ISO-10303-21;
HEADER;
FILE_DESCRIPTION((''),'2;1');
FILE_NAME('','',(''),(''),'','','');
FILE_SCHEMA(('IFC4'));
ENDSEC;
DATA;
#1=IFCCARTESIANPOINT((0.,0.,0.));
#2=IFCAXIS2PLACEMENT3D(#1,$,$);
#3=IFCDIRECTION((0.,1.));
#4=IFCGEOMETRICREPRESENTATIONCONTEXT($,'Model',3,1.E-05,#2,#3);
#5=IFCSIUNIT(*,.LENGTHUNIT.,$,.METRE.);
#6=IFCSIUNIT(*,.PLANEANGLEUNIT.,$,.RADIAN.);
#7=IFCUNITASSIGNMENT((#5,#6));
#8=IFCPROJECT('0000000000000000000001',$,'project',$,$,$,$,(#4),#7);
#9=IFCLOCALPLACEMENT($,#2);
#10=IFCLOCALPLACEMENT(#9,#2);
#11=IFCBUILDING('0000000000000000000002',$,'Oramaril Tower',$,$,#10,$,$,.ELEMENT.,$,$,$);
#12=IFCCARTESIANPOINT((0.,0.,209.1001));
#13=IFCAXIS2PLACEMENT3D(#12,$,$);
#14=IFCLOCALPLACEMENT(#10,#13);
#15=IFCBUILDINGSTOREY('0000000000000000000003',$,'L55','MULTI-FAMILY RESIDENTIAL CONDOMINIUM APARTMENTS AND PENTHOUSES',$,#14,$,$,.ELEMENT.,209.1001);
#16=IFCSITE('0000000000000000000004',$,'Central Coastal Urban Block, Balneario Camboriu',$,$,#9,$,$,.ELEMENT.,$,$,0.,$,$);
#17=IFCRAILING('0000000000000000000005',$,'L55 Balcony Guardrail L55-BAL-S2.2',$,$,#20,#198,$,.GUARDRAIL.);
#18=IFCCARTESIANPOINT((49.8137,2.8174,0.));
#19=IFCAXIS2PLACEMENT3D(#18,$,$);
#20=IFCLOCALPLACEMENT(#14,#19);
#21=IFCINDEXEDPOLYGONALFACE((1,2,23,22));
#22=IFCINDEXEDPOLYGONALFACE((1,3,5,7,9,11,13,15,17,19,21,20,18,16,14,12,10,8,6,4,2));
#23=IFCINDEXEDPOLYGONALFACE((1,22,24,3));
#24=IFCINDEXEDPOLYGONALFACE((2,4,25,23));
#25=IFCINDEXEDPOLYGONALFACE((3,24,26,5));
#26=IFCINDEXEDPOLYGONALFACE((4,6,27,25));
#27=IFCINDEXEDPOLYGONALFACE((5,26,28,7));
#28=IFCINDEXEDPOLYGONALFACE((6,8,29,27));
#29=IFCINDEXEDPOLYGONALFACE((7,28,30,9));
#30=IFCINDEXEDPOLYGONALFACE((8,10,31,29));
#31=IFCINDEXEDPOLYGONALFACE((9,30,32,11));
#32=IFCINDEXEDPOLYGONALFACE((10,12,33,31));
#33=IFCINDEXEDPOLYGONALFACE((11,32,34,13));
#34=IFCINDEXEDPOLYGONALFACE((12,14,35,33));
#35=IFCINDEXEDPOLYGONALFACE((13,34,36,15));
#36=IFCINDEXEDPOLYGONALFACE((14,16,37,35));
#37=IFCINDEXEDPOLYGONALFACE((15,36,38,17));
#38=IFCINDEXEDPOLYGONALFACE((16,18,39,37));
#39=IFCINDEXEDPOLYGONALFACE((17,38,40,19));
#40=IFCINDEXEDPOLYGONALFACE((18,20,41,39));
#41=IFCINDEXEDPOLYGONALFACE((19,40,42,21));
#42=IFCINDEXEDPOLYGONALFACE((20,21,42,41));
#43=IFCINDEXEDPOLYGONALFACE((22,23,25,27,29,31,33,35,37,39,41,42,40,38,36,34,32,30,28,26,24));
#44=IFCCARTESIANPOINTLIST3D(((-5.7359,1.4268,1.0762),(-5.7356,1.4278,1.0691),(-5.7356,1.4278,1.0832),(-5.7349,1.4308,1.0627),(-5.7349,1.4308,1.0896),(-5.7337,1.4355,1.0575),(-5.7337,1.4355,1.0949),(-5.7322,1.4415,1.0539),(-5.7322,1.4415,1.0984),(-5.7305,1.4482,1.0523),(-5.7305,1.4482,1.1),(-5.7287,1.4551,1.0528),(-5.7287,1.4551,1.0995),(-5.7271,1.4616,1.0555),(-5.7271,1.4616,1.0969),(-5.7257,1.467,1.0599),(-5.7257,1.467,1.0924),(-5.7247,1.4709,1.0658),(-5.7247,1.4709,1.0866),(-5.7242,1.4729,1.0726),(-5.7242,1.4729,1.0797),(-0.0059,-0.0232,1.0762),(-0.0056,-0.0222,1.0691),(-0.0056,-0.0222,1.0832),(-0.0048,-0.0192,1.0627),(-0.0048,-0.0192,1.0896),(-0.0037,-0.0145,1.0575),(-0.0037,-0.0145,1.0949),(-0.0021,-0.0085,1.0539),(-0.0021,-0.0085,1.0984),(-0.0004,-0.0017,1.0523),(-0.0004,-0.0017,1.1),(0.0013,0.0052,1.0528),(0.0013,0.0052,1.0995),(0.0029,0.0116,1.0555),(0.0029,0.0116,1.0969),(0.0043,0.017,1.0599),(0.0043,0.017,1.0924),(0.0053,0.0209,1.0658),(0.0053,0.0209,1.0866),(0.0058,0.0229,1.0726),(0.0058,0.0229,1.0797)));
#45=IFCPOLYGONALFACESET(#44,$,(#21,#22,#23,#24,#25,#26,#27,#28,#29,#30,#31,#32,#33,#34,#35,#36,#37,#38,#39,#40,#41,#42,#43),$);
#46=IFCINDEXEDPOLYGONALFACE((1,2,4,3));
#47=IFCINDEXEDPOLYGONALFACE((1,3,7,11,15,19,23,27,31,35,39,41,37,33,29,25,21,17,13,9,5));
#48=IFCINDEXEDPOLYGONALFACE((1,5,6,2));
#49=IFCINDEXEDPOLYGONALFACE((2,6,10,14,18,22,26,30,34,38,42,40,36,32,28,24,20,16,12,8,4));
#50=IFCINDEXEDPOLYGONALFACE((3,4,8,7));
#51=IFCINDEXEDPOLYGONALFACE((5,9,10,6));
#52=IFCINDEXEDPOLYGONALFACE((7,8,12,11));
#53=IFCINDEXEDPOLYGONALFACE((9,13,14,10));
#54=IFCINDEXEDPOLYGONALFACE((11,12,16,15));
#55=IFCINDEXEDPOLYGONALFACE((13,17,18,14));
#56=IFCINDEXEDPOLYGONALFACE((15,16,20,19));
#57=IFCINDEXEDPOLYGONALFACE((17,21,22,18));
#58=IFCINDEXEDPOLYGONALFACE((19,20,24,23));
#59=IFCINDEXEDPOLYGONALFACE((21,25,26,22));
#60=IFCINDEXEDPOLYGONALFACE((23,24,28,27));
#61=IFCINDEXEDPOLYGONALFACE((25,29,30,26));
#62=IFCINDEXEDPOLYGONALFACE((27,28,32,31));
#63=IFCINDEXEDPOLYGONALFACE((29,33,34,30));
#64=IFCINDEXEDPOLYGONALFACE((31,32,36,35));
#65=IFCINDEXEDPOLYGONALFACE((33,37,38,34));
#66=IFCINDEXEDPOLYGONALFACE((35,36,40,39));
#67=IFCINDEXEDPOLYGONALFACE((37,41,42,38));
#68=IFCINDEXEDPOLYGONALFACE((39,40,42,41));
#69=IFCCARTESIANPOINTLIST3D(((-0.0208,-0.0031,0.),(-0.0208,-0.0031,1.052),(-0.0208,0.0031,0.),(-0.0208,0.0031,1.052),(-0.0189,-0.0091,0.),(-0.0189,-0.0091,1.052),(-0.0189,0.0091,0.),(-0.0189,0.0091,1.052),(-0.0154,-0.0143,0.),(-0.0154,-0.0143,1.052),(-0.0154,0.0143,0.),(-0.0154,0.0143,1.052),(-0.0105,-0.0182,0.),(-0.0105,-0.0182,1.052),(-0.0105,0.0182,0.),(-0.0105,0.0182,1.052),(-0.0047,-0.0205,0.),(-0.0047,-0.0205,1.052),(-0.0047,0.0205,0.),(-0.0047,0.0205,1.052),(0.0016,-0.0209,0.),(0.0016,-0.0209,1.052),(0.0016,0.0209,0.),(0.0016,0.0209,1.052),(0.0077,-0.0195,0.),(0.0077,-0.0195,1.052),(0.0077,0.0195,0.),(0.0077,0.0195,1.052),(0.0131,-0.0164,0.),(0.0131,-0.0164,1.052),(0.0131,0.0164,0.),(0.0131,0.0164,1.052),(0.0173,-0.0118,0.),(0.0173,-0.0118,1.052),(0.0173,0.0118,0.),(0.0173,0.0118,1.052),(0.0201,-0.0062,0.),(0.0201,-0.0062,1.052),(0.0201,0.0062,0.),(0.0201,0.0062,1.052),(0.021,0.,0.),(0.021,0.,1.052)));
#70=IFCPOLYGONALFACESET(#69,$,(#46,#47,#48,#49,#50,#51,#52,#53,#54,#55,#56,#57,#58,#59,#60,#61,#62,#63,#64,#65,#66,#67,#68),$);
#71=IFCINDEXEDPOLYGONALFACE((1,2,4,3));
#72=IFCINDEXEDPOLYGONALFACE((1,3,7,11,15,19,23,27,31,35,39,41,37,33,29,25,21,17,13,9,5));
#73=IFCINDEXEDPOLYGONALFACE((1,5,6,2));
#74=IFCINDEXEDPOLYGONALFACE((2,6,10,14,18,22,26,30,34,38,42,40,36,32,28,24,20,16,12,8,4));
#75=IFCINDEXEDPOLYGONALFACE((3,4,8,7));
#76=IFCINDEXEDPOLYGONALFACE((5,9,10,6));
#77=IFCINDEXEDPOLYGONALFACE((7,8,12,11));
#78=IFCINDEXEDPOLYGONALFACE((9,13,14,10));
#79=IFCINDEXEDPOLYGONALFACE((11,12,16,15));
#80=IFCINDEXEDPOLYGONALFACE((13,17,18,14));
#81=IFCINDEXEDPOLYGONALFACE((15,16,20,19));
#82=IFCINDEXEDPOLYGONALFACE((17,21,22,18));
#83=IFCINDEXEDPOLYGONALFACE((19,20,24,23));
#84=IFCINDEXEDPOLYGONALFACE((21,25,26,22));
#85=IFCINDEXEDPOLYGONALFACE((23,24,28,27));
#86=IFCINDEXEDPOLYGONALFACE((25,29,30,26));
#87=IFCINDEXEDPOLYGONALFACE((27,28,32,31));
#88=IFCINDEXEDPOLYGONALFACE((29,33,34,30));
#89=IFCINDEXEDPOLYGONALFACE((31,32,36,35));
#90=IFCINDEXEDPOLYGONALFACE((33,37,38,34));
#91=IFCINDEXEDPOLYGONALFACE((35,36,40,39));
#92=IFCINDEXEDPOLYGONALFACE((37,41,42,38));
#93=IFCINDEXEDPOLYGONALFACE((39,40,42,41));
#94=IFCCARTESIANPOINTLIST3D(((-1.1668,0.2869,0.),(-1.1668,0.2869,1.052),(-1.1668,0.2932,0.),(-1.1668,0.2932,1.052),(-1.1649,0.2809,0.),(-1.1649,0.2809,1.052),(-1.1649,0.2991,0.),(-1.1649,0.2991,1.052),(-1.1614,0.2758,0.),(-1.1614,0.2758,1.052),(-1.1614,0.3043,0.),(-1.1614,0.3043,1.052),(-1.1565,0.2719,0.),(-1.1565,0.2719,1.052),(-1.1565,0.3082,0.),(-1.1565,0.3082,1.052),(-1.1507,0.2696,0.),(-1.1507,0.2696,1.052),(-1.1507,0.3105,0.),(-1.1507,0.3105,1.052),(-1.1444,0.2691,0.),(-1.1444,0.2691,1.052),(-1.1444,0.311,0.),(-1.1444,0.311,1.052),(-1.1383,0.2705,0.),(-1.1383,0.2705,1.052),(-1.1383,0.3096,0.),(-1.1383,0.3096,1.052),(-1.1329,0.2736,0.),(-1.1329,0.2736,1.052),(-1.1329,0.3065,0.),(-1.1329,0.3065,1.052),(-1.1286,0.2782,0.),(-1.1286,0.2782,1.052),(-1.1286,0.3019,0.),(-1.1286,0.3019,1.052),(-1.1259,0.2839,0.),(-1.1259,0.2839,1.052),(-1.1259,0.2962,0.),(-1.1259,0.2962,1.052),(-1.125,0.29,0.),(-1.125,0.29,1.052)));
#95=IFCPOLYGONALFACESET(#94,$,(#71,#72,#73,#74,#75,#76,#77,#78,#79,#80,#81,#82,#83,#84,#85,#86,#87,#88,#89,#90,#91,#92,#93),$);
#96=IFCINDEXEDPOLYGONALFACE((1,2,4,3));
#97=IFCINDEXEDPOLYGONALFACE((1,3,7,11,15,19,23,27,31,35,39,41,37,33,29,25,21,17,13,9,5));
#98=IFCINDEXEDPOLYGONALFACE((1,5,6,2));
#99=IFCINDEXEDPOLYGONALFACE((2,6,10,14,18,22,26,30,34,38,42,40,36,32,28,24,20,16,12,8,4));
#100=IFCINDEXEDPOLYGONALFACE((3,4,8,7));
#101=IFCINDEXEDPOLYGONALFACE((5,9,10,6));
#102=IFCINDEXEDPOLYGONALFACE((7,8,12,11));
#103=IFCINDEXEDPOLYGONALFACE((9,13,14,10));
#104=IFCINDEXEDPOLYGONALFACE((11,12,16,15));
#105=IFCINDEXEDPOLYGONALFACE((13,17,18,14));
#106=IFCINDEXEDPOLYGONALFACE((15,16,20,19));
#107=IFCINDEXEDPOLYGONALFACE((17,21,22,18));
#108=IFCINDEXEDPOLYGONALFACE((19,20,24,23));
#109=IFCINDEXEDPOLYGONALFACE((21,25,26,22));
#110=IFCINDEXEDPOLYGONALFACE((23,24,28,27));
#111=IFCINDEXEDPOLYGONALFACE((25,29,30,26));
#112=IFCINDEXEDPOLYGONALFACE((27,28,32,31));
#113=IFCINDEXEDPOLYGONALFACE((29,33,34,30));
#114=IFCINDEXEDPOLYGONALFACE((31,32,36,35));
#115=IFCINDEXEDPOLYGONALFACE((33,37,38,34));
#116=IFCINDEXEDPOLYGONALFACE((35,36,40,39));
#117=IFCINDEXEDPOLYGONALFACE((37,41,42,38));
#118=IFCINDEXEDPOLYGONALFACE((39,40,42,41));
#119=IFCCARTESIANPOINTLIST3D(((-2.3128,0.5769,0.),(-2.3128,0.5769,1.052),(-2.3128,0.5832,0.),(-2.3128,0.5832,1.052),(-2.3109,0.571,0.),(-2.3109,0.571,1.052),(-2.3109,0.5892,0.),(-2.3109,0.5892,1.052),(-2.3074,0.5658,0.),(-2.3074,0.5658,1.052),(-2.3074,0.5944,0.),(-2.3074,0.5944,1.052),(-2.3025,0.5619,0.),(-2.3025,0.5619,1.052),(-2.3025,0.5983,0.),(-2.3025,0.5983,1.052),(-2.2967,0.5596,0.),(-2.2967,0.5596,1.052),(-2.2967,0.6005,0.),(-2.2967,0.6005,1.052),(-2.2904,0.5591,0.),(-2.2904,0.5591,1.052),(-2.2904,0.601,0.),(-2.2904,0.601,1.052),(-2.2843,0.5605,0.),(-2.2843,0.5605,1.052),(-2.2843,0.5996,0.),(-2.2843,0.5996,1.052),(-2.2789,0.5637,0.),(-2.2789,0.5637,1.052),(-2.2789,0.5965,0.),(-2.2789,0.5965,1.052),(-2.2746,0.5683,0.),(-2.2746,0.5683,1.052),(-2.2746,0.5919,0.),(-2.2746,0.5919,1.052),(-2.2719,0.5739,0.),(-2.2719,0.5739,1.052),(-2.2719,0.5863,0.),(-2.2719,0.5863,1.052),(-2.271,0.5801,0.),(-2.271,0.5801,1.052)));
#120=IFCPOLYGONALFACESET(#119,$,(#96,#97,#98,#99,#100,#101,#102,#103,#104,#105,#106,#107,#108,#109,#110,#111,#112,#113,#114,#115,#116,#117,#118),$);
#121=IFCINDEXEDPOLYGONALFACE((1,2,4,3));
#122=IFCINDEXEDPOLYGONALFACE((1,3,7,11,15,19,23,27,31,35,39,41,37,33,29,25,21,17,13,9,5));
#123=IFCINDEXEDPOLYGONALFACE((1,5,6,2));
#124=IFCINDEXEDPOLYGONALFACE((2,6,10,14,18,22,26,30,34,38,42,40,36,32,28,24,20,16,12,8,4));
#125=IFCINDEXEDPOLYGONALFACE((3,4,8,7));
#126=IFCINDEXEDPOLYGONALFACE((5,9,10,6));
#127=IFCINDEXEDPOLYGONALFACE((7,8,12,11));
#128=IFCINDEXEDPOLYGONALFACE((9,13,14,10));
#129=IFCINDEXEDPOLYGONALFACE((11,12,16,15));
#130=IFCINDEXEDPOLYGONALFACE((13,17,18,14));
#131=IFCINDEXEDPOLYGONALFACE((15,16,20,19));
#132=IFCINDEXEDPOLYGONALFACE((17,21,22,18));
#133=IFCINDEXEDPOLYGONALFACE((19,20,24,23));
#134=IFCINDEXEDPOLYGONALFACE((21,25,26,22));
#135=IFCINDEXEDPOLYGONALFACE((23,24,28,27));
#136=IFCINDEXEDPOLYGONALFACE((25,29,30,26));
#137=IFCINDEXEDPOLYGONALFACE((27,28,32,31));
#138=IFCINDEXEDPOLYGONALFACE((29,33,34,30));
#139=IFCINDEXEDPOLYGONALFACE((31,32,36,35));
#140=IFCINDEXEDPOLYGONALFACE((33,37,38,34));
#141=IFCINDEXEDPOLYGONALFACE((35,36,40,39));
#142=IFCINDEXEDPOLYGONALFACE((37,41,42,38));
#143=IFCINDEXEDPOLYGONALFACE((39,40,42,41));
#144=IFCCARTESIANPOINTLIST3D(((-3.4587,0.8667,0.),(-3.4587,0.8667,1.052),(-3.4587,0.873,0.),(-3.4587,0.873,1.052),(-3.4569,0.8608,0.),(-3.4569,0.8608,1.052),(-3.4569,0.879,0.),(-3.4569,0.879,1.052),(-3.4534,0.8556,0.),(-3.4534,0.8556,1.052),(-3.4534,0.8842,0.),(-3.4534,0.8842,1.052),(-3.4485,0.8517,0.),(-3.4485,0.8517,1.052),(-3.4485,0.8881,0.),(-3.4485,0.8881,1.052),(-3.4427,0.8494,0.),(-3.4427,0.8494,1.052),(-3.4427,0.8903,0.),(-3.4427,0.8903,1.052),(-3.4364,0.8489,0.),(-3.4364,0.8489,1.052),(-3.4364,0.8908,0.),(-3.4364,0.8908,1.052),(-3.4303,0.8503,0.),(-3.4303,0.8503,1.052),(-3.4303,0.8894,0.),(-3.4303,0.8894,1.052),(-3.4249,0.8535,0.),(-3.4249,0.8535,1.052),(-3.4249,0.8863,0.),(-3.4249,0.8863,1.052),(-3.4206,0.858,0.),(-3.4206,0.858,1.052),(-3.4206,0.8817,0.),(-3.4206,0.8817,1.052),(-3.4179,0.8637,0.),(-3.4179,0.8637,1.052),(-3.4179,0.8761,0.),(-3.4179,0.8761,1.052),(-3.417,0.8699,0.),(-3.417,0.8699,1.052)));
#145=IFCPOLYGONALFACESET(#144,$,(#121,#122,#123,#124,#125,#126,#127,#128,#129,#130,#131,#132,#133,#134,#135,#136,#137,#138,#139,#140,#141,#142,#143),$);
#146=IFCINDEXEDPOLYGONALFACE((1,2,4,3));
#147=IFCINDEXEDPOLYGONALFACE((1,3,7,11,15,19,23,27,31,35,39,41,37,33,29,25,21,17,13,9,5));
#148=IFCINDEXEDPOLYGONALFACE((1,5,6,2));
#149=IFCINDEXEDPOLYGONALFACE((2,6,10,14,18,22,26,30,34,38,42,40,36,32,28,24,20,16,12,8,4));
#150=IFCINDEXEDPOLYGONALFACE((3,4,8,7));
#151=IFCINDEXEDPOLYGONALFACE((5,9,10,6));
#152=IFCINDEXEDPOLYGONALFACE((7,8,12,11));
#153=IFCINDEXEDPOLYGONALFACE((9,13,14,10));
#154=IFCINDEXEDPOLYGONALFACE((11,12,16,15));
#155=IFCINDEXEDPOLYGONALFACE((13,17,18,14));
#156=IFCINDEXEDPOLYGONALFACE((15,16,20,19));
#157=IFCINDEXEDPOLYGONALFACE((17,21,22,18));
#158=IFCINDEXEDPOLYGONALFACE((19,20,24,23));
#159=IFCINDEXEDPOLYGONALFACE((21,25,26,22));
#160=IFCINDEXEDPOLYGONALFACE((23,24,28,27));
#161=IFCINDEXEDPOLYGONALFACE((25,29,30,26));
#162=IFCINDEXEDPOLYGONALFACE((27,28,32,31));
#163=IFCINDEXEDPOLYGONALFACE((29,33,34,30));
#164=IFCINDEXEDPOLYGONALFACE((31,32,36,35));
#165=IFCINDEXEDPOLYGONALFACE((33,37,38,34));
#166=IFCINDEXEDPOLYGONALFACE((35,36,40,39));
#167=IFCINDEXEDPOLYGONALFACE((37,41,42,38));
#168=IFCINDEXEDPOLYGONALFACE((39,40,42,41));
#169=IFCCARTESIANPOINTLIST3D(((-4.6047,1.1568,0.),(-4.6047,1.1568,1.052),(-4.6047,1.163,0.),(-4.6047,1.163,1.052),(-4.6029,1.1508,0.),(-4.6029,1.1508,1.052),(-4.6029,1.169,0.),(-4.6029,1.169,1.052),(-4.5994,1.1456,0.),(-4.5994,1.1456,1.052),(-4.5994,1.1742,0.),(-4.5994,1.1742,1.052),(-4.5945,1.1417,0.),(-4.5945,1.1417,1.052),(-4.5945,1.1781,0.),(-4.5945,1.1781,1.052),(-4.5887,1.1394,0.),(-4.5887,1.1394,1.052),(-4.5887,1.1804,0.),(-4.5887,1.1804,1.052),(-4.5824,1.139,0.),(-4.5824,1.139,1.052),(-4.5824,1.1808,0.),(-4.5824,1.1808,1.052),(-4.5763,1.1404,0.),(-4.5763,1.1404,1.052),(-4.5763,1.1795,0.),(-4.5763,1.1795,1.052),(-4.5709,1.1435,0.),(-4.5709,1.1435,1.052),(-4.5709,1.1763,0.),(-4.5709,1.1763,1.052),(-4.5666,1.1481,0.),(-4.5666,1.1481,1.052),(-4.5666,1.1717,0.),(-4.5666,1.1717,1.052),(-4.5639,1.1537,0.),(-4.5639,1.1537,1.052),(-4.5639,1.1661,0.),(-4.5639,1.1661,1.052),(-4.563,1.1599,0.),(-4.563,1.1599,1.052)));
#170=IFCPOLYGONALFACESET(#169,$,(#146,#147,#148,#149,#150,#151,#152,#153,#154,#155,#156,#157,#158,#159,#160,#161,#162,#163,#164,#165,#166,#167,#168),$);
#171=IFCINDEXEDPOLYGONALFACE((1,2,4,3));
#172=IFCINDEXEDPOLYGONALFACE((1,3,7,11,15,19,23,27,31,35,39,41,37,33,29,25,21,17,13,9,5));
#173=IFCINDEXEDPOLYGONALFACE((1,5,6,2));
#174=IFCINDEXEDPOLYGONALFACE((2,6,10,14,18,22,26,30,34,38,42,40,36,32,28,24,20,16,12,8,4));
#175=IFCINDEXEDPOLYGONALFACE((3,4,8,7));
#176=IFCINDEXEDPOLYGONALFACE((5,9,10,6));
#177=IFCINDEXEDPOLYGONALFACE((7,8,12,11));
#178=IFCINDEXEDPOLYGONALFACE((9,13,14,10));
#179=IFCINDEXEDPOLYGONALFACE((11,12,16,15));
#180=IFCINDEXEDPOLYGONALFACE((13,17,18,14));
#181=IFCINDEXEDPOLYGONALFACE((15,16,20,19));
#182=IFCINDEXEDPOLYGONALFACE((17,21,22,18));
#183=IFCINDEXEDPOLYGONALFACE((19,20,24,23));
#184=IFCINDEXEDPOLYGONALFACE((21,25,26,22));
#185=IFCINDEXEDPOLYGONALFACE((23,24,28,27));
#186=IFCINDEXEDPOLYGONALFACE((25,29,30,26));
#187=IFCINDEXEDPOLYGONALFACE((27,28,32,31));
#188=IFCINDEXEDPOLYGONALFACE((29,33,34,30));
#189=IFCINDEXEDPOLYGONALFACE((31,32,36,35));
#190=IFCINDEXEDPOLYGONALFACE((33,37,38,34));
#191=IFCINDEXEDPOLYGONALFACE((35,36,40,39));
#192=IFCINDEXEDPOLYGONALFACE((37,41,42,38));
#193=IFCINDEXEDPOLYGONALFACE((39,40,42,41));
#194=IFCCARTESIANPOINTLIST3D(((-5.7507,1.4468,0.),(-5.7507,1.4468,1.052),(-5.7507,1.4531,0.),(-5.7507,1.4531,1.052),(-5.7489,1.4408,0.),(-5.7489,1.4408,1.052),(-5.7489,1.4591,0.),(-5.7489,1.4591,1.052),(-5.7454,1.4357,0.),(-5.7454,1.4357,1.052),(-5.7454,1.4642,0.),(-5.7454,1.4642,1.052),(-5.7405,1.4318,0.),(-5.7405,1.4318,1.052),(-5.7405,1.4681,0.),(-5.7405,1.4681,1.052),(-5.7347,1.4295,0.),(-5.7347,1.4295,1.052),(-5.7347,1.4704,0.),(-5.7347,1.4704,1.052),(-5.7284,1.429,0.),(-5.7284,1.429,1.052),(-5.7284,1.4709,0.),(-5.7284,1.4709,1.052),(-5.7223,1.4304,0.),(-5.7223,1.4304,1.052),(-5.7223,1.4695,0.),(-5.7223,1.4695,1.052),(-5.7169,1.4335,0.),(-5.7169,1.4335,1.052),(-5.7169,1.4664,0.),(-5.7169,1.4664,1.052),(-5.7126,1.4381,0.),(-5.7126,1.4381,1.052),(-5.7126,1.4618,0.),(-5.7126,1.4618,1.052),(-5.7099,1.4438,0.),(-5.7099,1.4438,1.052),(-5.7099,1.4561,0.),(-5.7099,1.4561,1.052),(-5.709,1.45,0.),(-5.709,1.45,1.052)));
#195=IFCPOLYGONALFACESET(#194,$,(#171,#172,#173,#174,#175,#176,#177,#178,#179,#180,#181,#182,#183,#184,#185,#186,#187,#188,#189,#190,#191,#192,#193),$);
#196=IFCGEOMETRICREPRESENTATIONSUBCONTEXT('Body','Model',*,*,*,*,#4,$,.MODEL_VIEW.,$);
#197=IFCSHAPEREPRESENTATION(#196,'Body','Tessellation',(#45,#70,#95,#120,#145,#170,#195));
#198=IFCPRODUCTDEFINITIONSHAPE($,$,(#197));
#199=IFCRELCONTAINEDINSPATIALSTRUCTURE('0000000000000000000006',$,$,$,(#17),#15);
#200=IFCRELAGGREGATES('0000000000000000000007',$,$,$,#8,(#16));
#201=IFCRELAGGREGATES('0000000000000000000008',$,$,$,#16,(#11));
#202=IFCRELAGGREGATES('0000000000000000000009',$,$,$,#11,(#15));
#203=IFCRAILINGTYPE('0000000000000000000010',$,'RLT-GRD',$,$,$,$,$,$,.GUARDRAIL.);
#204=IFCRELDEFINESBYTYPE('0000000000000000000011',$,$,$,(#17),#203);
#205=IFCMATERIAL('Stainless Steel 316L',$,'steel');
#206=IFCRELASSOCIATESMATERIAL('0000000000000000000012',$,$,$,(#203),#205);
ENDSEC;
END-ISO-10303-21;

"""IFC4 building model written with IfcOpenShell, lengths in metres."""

from ifc_helpers import new_model, si_unit, direction, frame, origin, origin_2d, place, context, subcontext, project, spatial, circle, extrude, material, type_object, element, save


model = new_model("IFC4")

# Units and contexts
model_context = context("Model", 3, precision=1e-05, world=origin(), true_north=direction((0.0, 1.0)))
body_context = subcontext(model_context, "Body", "Model", "MODEL_VIEW")
ifc_project = project(units=[si_unit("LENGTHUNIT", "METRE"), si_unit("PLANEANGLEUNIT", "RADIAN")], contexts=[model_context])

# Site, building, storey
site_placement = place(None, origin())
site = spatial("IfcSite", under=ifc_project, at=site_placement, Name="Central Coastal Urban Block, Balneario Camboriu", CompositionType="ELEMENT", RefElevation=0.0)
building_placement = place(site_placement, origin())
building = spatial("IfcBuilding", under=site, at=building_placement, Name="Oramaril Tower", CompositionType="ELEMENT")
storey_placement = place(building_placement, frame((0.0, 0.0, 209.1001)))
storey = spatial("IfcBuildingStorey", under=building, at=storey_placement, Name="L55", Description="MULTI-FAMILY RESIDENTIAL CONDOMINIUM APARTMENTS AND PENTHOUSES", CompositionType="ELEMENT", Elevation=209.1001)

# Railing
ifc_material_1 = material(Name="Stainless Steel 316L", Category="steel")
railing_type = type_object("IfcRailingType", Name="RLT-GRD", PredefinedType="GUARDRAIL", material=ifc_material_1)
railing_1_placement = place(storey_placement, frame((49.8137, 2.8174, 0.0)))
element("IfcRailing", 1, at=railing_1_placement, inside=storey, type_object=railing_type, Name="L55 Balcony Guardrail L55-BAL-S2.2", PredefinedType="GUARDRAIL", context=body_context, shape_type="SweptSolid", body=[
    extrude(circle(Radius=0.0239, at=origin_2d()), frame((0.0, 0.0, 1.0762), z_axis=(-0.969444, 0.245314, 0.0), x_axis=(-0.245314, -0.969444, 0.0)), (0.0, 0.0, 1.0), 5.9106),
    extrude(circle(Radius=0.021, at=origin_2d()), origin(), (0.0, 0.0, 1.0), 1.052),
    extrude(circle(Radius=0.021, at=origin_2d()), frame((-1.146, 0.29, 0.0)), (0.0, 0.0, 1.0), 1.052),
    extrude(circle(Radius=0.021, at=origin_2d()), frame((-2.292, 0.5801, 0.0)), (0.0, 0.0, 1.0), 1.052),
    extrude(circle(Radius=0.021, at=origin_2d()), frame((-3.438, 0.8699, 0.0)), (0.0, 0.0, 1.0), 1.052),
    extrude(circle(Radius=0.021, at=origin_2d()), frame((-4.584, 1.1599, 0.0)), (0.0, 0.0, 1.0), 1.052),
    extrude(circle(Radius=0.021, at=origin_2d()), frame((-5.73, 1.45, 0.0)), (0.0, 0.0, 1.0), 1.052),
])

save(model, "model.ifc")
